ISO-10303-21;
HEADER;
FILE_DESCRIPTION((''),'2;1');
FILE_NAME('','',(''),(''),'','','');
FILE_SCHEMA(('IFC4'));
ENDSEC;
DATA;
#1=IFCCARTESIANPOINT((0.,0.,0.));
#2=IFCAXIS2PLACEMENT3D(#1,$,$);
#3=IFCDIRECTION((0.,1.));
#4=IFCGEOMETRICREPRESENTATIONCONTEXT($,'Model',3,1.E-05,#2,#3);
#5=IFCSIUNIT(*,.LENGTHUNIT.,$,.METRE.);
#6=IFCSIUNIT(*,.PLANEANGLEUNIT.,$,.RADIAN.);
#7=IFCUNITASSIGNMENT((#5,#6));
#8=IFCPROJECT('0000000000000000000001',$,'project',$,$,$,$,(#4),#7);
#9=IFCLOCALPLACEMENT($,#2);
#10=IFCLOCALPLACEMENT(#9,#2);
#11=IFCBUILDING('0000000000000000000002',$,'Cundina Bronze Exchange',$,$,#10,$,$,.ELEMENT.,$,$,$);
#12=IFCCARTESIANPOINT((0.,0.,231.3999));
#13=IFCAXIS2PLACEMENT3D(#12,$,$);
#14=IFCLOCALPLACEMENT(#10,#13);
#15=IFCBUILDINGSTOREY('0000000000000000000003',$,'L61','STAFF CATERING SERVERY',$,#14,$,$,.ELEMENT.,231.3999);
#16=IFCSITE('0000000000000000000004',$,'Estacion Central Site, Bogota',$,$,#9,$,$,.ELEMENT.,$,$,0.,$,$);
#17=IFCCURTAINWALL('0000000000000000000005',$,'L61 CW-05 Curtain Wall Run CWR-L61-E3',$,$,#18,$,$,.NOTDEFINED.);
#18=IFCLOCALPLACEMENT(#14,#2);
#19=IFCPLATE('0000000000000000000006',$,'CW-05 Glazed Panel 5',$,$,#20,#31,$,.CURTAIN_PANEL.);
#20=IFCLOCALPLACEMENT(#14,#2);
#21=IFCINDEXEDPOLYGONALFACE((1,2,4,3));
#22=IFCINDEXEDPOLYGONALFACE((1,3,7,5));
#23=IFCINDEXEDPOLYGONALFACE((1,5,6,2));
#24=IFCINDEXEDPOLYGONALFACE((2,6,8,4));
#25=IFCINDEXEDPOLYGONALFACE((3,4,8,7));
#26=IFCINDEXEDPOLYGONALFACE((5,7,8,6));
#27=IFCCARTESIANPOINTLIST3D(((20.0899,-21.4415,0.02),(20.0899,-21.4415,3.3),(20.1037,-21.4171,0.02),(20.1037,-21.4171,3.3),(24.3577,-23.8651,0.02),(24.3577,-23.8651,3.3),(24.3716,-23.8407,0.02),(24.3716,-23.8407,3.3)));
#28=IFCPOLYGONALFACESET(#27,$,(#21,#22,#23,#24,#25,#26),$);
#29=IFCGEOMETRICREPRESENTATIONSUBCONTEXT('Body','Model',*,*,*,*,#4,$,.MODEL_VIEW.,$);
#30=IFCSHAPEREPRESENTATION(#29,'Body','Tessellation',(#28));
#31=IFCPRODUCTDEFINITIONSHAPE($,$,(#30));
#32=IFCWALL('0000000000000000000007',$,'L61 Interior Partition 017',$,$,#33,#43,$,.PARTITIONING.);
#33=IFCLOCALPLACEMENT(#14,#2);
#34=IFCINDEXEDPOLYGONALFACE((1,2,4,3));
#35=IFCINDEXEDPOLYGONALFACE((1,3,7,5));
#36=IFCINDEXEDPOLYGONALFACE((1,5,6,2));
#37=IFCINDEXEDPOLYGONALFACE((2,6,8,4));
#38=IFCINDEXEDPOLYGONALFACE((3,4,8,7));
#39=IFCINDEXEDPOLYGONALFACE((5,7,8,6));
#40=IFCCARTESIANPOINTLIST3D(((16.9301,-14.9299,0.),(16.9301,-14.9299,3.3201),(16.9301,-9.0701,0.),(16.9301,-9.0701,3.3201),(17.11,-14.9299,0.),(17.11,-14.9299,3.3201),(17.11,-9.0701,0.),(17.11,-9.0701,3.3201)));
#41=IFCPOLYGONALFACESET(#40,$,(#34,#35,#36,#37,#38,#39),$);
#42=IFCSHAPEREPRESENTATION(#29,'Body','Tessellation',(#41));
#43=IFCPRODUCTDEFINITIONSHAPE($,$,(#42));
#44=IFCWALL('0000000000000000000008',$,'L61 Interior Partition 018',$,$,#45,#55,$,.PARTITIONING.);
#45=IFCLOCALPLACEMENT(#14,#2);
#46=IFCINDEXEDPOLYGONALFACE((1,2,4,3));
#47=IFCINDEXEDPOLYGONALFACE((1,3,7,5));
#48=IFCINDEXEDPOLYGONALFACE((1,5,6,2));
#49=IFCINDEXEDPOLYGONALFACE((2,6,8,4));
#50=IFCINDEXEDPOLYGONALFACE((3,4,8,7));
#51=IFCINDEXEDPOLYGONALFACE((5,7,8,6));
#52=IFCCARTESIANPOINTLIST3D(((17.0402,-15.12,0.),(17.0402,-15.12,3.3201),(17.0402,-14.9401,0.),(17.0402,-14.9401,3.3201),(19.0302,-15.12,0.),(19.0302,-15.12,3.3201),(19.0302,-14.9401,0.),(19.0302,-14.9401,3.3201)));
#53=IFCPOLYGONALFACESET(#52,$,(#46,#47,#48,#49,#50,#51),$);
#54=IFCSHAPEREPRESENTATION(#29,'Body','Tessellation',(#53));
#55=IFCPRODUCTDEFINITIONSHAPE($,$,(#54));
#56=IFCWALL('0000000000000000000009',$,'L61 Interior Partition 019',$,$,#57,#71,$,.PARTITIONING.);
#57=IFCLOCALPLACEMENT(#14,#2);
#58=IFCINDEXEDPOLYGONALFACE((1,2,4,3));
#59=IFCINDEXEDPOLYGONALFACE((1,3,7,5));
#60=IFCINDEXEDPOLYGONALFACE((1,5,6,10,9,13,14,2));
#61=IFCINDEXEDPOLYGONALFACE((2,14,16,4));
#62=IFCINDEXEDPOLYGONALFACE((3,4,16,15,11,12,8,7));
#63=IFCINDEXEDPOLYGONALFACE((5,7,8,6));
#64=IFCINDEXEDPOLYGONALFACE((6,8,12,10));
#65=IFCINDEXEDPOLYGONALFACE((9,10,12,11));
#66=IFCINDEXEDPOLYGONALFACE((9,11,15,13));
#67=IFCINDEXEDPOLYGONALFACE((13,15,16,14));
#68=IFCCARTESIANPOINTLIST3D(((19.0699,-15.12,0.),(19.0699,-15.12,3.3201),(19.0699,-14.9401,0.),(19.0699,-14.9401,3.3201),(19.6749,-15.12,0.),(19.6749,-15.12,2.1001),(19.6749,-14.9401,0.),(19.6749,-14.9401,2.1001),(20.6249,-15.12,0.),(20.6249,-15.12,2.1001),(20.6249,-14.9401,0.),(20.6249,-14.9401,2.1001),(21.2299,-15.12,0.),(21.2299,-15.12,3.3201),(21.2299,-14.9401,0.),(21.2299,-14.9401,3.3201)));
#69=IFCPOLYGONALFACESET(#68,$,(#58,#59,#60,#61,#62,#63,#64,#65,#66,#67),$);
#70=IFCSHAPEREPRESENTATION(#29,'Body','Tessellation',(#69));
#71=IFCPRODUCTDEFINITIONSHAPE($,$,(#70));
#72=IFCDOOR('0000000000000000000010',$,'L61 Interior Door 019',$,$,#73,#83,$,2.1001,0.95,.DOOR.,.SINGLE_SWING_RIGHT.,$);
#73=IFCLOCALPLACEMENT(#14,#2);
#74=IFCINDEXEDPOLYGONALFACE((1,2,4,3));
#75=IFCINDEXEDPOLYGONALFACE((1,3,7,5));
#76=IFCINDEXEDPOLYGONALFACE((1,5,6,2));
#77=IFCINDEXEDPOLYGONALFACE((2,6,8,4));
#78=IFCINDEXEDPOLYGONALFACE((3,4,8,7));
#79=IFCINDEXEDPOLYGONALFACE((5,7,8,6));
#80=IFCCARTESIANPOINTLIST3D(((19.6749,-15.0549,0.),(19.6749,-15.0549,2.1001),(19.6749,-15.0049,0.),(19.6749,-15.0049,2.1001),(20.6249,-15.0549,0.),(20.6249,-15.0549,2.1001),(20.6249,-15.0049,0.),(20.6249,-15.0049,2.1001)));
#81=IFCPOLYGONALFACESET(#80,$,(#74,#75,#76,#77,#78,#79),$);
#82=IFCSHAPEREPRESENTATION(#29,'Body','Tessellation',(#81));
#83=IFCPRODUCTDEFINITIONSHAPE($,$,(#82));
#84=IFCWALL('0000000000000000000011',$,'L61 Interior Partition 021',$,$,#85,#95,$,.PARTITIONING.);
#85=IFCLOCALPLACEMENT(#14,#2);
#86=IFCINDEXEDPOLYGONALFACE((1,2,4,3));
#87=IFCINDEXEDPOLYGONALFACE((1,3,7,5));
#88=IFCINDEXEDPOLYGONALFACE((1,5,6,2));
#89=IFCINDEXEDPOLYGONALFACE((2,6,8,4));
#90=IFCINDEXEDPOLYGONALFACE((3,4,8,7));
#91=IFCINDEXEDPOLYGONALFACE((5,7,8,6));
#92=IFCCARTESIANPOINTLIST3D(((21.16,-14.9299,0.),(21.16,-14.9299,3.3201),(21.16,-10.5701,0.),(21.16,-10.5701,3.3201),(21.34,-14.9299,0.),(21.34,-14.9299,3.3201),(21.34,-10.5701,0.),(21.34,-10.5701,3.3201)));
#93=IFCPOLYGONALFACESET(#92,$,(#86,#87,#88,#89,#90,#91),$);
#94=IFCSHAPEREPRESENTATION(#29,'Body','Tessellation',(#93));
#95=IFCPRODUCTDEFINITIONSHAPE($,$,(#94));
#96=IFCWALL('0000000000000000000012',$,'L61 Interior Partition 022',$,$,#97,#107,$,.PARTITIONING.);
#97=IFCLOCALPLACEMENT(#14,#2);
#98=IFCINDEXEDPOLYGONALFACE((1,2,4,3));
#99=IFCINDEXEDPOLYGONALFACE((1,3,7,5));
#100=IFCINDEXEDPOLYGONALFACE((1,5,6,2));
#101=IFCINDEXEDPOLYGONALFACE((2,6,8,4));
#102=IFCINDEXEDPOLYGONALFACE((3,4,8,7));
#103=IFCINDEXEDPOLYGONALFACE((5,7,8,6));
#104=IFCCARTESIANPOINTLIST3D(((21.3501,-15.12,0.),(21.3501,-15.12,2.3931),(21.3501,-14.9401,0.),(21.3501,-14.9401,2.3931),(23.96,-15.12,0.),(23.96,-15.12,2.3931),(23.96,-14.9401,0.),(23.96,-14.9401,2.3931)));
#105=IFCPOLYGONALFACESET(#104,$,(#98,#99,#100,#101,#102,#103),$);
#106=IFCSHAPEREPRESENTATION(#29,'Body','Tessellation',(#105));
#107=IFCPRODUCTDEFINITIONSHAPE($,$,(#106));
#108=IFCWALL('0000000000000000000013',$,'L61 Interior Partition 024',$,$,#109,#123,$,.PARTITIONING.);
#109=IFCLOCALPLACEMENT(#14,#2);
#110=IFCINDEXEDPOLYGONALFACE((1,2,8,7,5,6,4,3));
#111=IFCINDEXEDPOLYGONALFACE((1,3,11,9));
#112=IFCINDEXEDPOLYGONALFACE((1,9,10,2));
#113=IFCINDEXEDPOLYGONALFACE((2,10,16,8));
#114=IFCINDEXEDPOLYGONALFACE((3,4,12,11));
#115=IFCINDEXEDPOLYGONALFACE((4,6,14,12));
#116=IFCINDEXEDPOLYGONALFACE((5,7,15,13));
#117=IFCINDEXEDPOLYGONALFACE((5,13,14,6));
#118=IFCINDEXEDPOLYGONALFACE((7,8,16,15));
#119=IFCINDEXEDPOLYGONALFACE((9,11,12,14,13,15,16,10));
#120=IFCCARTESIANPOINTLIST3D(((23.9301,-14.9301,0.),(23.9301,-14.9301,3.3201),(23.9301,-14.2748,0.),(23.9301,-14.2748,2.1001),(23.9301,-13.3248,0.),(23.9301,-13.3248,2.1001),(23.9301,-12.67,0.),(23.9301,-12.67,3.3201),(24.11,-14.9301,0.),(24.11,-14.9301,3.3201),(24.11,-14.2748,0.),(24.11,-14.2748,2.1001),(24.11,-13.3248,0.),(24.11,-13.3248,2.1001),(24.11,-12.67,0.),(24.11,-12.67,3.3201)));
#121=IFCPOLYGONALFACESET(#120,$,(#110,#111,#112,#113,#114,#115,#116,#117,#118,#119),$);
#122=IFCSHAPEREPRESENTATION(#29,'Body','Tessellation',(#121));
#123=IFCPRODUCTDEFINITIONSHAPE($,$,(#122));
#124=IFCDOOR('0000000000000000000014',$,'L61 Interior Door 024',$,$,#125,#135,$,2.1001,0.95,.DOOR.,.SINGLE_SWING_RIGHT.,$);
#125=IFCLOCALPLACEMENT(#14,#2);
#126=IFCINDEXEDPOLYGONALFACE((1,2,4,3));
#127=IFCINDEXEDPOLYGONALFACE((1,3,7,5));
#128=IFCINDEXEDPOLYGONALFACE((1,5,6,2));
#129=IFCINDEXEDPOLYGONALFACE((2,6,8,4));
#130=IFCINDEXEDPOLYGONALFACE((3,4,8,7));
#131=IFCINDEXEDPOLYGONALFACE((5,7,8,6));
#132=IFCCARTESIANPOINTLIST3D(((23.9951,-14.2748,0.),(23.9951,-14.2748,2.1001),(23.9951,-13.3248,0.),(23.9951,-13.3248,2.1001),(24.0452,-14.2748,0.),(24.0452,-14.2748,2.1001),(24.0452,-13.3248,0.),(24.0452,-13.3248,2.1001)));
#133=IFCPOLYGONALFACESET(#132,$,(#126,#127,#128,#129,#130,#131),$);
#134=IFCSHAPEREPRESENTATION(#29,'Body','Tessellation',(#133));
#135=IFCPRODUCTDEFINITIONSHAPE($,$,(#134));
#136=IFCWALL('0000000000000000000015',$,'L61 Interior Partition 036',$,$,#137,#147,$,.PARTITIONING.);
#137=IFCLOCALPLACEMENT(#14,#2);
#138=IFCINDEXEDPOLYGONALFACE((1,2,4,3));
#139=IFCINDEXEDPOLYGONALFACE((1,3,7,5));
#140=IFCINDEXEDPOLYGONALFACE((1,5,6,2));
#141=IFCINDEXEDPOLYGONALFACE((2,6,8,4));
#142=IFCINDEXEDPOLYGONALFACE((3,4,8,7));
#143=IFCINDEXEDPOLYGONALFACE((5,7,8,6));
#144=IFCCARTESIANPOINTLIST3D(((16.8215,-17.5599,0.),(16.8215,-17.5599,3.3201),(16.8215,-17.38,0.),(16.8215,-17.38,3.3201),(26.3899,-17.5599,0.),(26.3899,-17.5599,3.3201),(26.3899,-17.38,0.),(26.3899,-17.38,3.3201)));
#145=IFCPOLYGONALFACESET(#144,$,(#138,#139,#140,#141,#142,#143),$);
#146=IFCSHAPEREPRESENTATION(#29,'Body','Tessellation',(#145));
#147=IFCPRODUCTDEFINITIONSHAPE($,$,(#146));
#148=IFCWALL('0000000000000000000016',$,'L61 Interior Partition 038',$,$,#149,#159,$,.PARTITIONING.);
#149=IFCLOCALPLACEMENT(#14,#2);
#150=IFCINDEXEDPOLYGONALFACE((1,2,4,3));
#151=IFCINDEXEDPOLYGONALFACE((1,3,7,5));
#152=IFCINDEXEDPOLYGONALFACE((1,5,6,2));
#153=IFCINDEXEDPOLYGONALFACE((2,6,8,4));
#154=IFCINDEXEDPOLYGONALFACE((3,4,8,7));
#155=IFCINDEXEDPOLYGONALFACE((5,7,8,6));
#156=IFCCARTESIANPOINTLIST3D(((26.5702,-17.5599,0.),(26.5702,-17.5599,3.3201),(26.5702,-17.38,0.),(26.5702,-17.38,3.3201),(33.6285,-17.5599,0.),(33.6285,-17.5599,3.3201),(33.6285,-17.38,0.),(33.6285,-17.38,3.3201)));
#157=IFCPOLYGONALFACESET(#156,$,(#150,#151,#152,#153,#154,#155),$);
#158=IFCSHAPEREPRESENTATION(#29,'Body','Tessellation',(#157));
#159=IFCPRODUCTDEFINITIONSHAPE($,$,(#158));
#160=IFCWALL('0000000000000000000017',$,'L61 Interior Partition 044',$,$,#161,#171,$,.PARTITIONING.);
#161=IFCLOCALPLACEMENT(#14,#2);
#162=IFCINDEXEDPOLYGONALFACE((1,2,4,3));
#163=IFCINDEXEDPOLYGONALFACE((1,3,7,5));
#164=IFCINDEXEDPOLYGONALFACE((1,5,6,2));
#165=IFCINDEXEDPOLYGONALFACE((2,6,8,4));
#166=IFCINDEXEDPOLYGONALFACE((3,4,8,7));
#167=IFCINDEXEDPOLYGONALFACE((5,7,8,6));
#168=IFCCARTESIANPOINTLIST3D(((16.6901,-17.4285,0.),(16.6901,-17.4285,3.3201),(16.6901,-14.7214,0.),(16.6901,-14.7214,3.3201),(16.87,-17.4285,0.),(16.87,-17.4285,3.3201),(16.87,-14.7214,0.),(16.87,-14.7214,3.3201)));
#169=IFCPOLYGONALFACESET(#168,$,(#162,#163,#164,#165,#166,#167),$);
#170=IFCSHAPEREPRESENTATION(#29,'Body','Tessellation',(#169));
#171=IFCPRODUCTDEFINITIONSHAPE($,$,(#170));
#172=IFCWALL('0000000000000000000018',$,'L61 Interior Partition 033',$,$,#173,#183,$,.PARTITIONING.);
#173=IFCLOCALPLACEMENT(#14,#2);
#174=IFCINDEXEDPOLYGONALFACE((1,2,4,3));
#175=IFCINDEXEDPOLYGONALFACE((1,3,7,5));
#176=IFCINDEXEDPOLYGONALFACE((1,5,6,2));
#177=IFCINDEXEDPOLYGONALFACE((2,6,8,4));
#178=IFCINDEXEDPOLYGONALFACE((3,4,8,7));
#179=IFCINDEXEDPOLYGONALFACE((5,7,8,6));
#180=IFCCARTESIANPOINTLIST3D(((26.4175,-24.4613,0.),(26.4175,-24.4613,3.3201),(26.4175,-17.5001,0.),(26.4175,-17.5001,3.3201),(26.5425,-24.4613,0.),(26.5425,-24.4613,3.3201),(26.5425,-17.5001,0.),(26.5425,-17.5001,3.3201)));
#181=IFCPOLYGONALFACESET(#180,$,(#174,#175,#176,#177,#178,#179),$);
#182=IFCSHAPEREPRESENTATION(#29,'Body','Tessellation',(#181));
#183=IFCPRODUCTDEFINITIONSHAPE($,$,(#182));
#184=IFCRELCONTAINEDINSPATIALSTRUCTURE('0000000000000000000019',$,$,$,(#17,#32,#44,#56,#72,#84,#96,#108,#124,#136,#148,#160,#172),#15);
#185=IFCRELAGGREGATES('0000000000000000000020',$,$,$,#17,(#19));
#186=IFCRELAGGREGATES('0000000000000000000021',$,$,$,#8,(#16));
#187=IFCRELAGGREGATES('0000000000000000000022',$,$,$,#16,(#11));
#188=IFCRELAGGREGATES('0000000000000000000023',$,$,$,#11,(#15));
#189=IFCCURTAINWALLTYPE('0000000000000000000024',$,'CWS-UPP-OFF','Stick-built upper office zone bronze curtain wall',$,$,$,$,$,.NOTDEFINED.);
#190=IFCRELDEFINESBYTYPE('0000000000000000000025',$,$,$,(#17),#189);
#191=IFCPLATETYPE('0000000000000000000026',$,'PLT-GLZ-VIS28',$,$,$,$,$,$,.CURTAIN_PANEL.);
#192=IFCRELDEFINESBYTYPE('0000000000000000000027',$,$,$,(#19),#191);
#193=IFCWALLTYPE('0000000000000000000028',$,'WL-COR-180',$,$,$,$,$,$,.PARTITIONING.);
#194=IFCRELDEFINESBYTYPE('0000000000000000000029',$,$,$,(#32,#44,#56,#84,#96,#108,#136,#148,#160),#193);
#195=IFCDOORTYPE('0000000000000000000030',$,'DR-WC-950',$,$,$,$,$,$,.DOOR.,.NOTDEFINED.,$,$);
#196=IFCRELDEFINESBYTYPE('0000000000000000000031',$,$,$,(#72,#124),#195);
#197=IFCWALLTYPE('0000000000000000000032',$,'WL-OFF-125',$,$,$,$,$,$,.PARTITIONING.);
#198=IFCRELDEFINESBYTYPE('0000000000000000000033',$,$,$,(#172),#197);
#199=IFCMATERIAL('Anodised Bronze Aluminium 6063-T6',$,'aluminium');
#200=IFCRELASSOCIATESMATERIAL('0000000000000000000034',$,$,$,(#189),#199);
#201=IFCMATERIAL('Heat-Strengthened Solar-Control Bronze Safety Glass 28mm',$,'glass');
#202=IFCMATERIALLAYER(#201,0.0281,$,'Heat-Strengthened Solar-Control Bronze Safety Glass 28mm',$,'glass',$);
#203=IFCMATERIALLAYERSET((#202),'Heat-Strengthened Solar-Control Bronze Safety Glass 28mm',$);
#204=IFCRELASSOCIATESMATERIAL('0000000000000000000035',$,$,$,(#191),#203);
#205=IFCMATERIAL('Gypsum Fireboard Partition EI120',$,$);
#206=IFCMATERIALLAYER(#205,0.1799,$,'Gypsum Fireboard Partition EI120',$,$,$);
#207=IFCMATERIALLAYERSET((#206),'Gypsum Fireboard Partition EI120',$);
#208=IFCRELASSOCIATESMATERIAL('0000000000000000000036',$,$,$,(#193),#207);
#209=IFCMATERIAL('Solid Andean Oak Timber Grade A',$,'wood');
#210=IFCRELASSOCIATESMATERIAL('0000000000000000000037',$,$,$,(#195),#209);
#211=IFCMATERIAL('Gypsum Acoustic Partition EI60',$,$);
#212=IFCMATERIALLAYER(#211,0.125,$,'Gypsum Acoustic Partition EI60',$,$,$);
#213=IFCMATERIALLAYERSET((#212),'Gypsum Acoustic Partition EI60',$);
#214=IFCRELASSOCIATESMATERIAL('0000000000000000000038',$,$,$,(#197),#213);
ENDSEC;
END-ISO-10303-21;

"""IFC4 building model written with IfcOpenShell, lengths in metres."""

from ifc_helpers import new_model, si_unit, direction, frame, frame_2d, origin, origin_2d, place, context, subcontext, project, spatial, rectangle, extrude, material, layer, layer_set, type_object, element, fill, aggregate, save


model = new_model("IFC4")

# Units and contexts
model_context = context("Model", 3, precision=1e-05, world=origin(), true_north=direction((0.0, 1.0)))
body_context = subcontext(model_context, "Body", "Model", "MODEL_VIEW")
ifc_project = project(units=[si_unit("LENGTHUNIT", "METRE"), si_unit("PLANEANGLEUNIT", "RADIAN")], contexts=[model_context])

# Site, building, storey
site_placement = place(None, origin())
site = spatial("IfcSite", under=ifc_project, at=site_placement, Name="Estacion Central Site, Bogota", CompositionType="ELEMENT", RefElevation=0.0)
building_placement = place(site_placement, origin())
building = spatial("IfcBuilding", under=site, at=building_placement, Name="Cundina Bronze Exchange", CompositionType="ELEMENT")
storey_placement = place(building_placement, frame((0.0, 0.0, 231.3999)))
storey = spatial("IfcBuildingStorey", under=building, at=storey_placement, Name="L61", Description="STAFF CATERING SERVERY", CompositionType="ELEMENT", Elevation=231.3999)

# Curtain wall, plate
ifc_material_1 = material(Name="Anodised Bronze Aluminium 6063-T6", Category="aluminium")
curtain_wall_type = type_object("IfcCurtainWallType", Name="CWS-UPP-OFF", Description="Stick-built upper office zone bronze curtain wall", PredefinedType="NOTDEFINED", material=ifc_material_1)
curtain_wall_placement = place(storey_placement, origin())
curtain_wall = element("IfcCurtainWall", 1, at=curtain_wall_placement, inside=storey, type_object=curtain_wall_type, Name="L61 CW-05 Curtain Wall Run CWR-L61-E3", PredefinedType="NOTDEFINED")
ifc_material_2 = material(Name="Heat-Strengthened Solar-Control Bronze Safety Glass 28mm", Category="glass")
ifc_layer_1 = layer(ifc_material_2, 0.0281, Name="Heat-Strengthened Solar-Control Bronze Safety Glass 28mm", Category="glass")
ifc_layer_set_1 = layer_set([ifc_layer_1], Name="Heat-Strengthened Solar-Control Bronze Safety Glass 28mm")
plate_type = type_object("IfcPlateType", Name="PLT-GLZ-VIS28", PredefinedType="CURTAIN_PANEL", material=ifc_layer_set_1)
plate_1_placement = place(storey_placement, frame((22.2307, -22.6411, 0.02), z_axis=(0.0, 0.0, 1.0), x_axis=(0.869573, -0.493805, 0.0)))
plate_1 = element("IfcPlate", 2, at=plate_1_placement, type_object=plate_type, Name="CW-05 Glazed Panel 5", PredefinedType="CURTAIN_PANEL", context=body_context, shape_type="SweptSolid", body=[
    extrude(rectangle(XDim=4.908, YDim=0.0281, at=origin_2d()), origin(), (0.0, 0.0, 1.0), 3.28),
])
aggregate(curtain_wall, [plate_1])

# Walls
ifc_material_3 = material(Name="Gypsum Fireboard Partition EI120")
ifc_layer_2 = layer(ifc_material_3, 0.1799, Name="Gypsum Fireboard Partition EI120")
ifc_layer_set_2 = layer_set([ifc_layer_2], Name="Gypsum Fireboard Partition EI120")
wall_type_1 = type_object("IfcWallType", Name="WL-COR-180", PredefinedType="PARTITIONING", material=ifc_layer_set_2)
wall_1_placement = place(storey_placement, frame((17.02, -14.9299, 0.0), z_axis=(0.0, 0.0, 1.0), x_axis=(0.0, 1.0, 0.0)))
element("IfcWall", 3, at=wall_1_placement, inside=storey, type_object=wall_type_1, Name="L61 Interior Partition 017", PredefinedType="PARTITIONING", context=body_context, shape_type="SweptSolid", body=[
    extrude(rectangle(XDim=5.8599, YDim=0.1799, at=frame_2d((2.9299, 0.0))), origin(), (0.0, 0.0, 1.0), 3.3201),
])
wall_2_placement = place(storey_placement, frame((17.04, -15.03, 0.0), z_axis=(0.0, 0.0, 1.0), x_axis=(1.0, 0.0, 0.0)))
element("IfcWall", 4, at=wall_2_placement, inside=storey, type_object=wall_type_1, Name="L61 Interior Partition 018", PredefinedType="PARTITIONING", context=body_context, shape_type="SweptSolid", body=[
    extrude(rectangle(XDim=1.99, YDim=0.1799, at=frame_2d((0.9951, 0.0))), origin(), (0.0, 0.0, 1.0), 3.3201),
])

# Wall, opening, door
wall_3_placement = place(storey_placement, frame((21.23, -15.03, 0.0), z_axis=(0.0, 0.0, 1.0), x_axis=(-1.0, 0.0, 0.0)))
wall_3 = element("IfcWall", 5, at=wall_3_placement, inside=storey, type_object=wall_type_1, Name="L61 Interior Partition 019", PredefinedType="PARTITIONING", context=body_context, shape_type="SweptSolid", body=[
    extrude(rectangle(XDim=2.1599, YDim=0.1799, at=frame_2d((1.0801, 0.0))), origin(), (0.0, 0.0, 1.0), 3.3201),
])
opening_1_placement = place(wall_3_placement, frame((0.605, 0.0, 0.0)))
opening_1 = element("IfcOpeningElement", 6, at=opening_1_placement, cuts=wall_3, PredefinedType="OPENING", context=body_context, shape_type="SweptSolid", body=[
    extrude(rectangle(XDim=0.95, YDim=2.1001, at=frame_2d((0.4751, 1.05))), frame((0.0, 0.0999, 0.0), z_axis=(0.0, -1.0, 0.0), x_axis=(1.0, 0.0, 0.0)), (0.0, 0.0, 1.0), 0.2),
])
ifc_material_4 = material(Name="Solid Andean Oak Timber Grade A", Category="wood")
door_type = type_object("IfcDoorType", Name="DR-WC-950", OperationType="NOTDEFINED", PredefinedType="DOOR", material=ifc_material_4)
door_1_placement = place(opening_1_placement, origin())
door_1 = element("IfcDoor", 7, at=door_1_placement, inside=storey, type_object=door_type, Name="L61 Interior Door 019", OperationType="SINGLE_SWING_RIGHT", OverallHeight=2.1001, OverallWidth=0.95, PredefinedType="DOOR", context=body_context, shape_type="SweptSolid", body=[
    extrude(rectangle(XDim=0.95, YDim=2.1001, at=frame_2d((0.4751, 1.05))), frame((0.0, 0.0249, 0.0), z_axis=(0.0, -1.0, 0.0), x_axis=(1.0, 0.0, 0.0)), (0.0, 0.0, 1.0), 0.05),
])
fill(opening_1, door_1)

# Walls
wall_4_placement = place(storey_placement, frame((21.25, -14.9299, 0.0), z_axis=(0.0, 0.0, 1.0), x_axis=(0.0, 1.0, 0.0)))
element("IfcWall", 8, at=wall_4_placement, inside=storey, type_object=wall_type_1, Name="L61 Interior Partition 021", PredefinedType="PARTITIONING", context=body_context, shape_type="SweptSolid", body=[
    extrude(rectangle(XDim=4.3599, YDim=0.1799, at=frame_2d((2.1799, 0.0))), origin(), (0.0, 0.0, 1.0), 3.3201),
])
wall_5_placement = place(storey_placement, frame((21.3501, -15.03, 0.0), z_axis=(0.0, 0.0, 1.0), x_axis=(1.0, 0.0, 0.0)))
element("IfcWall", 9, at=wall_5_placement, inside=storey, type_object=wall_type_1, Name="L61 Interior Partition 022", PredefinedType="PARTITIONING", context=body_context, shape_type="SweptSolid", body=[
    extrude(rectangle(XDim=2.6099, YDim=0.1799, at=frame_2d((1.3049, 0.0))), origin(), (0.0, 0.0, 1.0), 2.3931),
])

# Wall, opening, door
wall_6_placement = place(storey_placement, frame((24.02, -14.9299, 0.0), z_axis=(0.0, 0.0, 1.0), x_axis=(0.0, 1.0, 0.0)))
wall_6 = element("IfcWall", 10, at=wall_6_placement, inside=storey, type_object=wall_type_1, Name="L61 Interior Partition 024", PredefinedType="PARTITIONING", context=body_context, shape_type="SweptSolid", body=[
    extrude(rectangle(XDim=2.26, YDim=0.1799, at=frame_2d((1.1299, 0.0))), origin(), (0.0, 0.0, 1.0), 3.3201),
])
opening_2_placement = place(wall_6_placement, frame((0.655, 0.0, 0.0)))
opening_2 = element("IfcOpeningElement", 11, at=opening_2_placement, cuts=wall_6, PredefinedType="OPENING", context=body_context, shape_type="SweptSolid", body=[
    extrude(rectangle(XDim=0.95, YDim=2.1001, at=frame_2d((0.4751, 1.05))), frame((0.0, 0.0999, 0.0), z_axis=(0.0, -1.0, 0.0), x_axis=(1.0, 0.0, 0.0)), (0.0, 0.0, 1.0), 0.2),
])
door_2_placement = place(opening_2_placement, origin())
door_2 = element("IfcDoor", 12, at=door_2_placement, inside=storey, type_object=door_type, Name="L61 Interior Door 024", OperationType="SINGLE_SWING_RIGHT", OverallHeight=2.1001, OverallWidth=0.95, PredefinedType="DOOR", context=body_context, shape_type="SweptSolid", body=[
    extrude(rectangle(XDim=0.95, YDim=2.1001, at=frame_2d((0.4751, 1.05))), frame((0.0, 0.0249, 0.0), z_axis=(0.0, -1.0, 0.0), x_axis=(1.0, 0.0, 0.0)), (0.0, 0.0, 1.0), 0.05),
])
fill(opening_2, door_2)

# Walls
wall_7_placement = place(storey_placement, frame((16.8215, -17.47, 0.0), z_axis=(0.0, 0.0, 1.0), x_axis=(1.0, 0.0, 0.0)))
element("IfcWall", 13, at=wall_7_placement, inside=storey, type_object=wall_type_1, Name="L61 Interior Partition 036", PredefinedType="PARTITIONING", context=body_context, shape_type="SweptSolid", body=[
    extrude(rectangle(XDim=9.5684, YDim=0.1799, at=frame_2d((4.7842, 0.0))), origin(), (0.0, 0.0, 1.0), 3.3201),
])
wall_8_placement = place(storey_placement, frame((26.5701, -17.47, 0.0), z_axis=(0.0, 0.0, 1.0), x_axis=(1.0, 0.0, 0.0)))
element("IfcWall", 14, at=wall_8_placement, inside=storey, type_object=wall_type_1, Name="L61 Interior Partition 038", PredefinedType="PARTITIONING", context=body_context, shape_type="SweptSolid", body=[
    extrude(rectangle(XDim=7.0583, YDim=0.1799, at=frame_2d((3.5293, 0.0))), origin(), (0.0, 0.0, 1.0), 3.3201),
])
wall_9_placement = place(storey_placement, frame((16.78, -14.7214, 0.0), z_axis=(0.0, 0.0, 1.0), x_axis=(0.0, -1.0, 0.0)))
element("IfcWall", 15, at=wall_9_placement, inside=storey, type_object=wall_type_1, Name="L61 Interior Partition 044", PredefinedType="PARTITIONING", context=body_context, shape_type="SweptSolid", body=[
    extrude(rectangle(XDim=2.707, YDim=0.1799, at=frame_2d((1.3535, 0.0))), origin(), (0.0, 0.0, 1.0), 3.3201),
])
ifc_material_5 = material(Name="Gypsum Acoustic Partition EI60")
ifc_layer_3 = layer(ifc_material_5, 0.125, Name="Gypsum Acoustic Partition EI60")
ifc_layer_set_3 = layer_set([ifc_layer_3], Name="Gypsum Acoustic Partition EI60")
wall_type_2 = type_object("IfcWallType", Name="WL-OFF-125", PredefinedType="PARTITIONING", material=ifc_layer_set_3)
wall_10_placement = place(storey_placement, frame((26.48, -24.4612, 0.0), z_axis=(0.0, 0.0, 1.0), x_axis=(0.0, 1.0, 0.0)))
element("IfcWall", 16, at=wall_10_placement, inside=storey, type_object=wall_type_2, Name="L61 Interior Partition 033", PredefinedType="PARTITIONING", context=body_context, shape_type="SweptSolid", body=[
    extrude(rectangle(XDim=6.9612, YDim=0.125, at=frame_2d((3.4805, 0.0))), origin(), (0.0, 0.0, 1.0), 3.3201),
])

save(model, "model.ifc")
